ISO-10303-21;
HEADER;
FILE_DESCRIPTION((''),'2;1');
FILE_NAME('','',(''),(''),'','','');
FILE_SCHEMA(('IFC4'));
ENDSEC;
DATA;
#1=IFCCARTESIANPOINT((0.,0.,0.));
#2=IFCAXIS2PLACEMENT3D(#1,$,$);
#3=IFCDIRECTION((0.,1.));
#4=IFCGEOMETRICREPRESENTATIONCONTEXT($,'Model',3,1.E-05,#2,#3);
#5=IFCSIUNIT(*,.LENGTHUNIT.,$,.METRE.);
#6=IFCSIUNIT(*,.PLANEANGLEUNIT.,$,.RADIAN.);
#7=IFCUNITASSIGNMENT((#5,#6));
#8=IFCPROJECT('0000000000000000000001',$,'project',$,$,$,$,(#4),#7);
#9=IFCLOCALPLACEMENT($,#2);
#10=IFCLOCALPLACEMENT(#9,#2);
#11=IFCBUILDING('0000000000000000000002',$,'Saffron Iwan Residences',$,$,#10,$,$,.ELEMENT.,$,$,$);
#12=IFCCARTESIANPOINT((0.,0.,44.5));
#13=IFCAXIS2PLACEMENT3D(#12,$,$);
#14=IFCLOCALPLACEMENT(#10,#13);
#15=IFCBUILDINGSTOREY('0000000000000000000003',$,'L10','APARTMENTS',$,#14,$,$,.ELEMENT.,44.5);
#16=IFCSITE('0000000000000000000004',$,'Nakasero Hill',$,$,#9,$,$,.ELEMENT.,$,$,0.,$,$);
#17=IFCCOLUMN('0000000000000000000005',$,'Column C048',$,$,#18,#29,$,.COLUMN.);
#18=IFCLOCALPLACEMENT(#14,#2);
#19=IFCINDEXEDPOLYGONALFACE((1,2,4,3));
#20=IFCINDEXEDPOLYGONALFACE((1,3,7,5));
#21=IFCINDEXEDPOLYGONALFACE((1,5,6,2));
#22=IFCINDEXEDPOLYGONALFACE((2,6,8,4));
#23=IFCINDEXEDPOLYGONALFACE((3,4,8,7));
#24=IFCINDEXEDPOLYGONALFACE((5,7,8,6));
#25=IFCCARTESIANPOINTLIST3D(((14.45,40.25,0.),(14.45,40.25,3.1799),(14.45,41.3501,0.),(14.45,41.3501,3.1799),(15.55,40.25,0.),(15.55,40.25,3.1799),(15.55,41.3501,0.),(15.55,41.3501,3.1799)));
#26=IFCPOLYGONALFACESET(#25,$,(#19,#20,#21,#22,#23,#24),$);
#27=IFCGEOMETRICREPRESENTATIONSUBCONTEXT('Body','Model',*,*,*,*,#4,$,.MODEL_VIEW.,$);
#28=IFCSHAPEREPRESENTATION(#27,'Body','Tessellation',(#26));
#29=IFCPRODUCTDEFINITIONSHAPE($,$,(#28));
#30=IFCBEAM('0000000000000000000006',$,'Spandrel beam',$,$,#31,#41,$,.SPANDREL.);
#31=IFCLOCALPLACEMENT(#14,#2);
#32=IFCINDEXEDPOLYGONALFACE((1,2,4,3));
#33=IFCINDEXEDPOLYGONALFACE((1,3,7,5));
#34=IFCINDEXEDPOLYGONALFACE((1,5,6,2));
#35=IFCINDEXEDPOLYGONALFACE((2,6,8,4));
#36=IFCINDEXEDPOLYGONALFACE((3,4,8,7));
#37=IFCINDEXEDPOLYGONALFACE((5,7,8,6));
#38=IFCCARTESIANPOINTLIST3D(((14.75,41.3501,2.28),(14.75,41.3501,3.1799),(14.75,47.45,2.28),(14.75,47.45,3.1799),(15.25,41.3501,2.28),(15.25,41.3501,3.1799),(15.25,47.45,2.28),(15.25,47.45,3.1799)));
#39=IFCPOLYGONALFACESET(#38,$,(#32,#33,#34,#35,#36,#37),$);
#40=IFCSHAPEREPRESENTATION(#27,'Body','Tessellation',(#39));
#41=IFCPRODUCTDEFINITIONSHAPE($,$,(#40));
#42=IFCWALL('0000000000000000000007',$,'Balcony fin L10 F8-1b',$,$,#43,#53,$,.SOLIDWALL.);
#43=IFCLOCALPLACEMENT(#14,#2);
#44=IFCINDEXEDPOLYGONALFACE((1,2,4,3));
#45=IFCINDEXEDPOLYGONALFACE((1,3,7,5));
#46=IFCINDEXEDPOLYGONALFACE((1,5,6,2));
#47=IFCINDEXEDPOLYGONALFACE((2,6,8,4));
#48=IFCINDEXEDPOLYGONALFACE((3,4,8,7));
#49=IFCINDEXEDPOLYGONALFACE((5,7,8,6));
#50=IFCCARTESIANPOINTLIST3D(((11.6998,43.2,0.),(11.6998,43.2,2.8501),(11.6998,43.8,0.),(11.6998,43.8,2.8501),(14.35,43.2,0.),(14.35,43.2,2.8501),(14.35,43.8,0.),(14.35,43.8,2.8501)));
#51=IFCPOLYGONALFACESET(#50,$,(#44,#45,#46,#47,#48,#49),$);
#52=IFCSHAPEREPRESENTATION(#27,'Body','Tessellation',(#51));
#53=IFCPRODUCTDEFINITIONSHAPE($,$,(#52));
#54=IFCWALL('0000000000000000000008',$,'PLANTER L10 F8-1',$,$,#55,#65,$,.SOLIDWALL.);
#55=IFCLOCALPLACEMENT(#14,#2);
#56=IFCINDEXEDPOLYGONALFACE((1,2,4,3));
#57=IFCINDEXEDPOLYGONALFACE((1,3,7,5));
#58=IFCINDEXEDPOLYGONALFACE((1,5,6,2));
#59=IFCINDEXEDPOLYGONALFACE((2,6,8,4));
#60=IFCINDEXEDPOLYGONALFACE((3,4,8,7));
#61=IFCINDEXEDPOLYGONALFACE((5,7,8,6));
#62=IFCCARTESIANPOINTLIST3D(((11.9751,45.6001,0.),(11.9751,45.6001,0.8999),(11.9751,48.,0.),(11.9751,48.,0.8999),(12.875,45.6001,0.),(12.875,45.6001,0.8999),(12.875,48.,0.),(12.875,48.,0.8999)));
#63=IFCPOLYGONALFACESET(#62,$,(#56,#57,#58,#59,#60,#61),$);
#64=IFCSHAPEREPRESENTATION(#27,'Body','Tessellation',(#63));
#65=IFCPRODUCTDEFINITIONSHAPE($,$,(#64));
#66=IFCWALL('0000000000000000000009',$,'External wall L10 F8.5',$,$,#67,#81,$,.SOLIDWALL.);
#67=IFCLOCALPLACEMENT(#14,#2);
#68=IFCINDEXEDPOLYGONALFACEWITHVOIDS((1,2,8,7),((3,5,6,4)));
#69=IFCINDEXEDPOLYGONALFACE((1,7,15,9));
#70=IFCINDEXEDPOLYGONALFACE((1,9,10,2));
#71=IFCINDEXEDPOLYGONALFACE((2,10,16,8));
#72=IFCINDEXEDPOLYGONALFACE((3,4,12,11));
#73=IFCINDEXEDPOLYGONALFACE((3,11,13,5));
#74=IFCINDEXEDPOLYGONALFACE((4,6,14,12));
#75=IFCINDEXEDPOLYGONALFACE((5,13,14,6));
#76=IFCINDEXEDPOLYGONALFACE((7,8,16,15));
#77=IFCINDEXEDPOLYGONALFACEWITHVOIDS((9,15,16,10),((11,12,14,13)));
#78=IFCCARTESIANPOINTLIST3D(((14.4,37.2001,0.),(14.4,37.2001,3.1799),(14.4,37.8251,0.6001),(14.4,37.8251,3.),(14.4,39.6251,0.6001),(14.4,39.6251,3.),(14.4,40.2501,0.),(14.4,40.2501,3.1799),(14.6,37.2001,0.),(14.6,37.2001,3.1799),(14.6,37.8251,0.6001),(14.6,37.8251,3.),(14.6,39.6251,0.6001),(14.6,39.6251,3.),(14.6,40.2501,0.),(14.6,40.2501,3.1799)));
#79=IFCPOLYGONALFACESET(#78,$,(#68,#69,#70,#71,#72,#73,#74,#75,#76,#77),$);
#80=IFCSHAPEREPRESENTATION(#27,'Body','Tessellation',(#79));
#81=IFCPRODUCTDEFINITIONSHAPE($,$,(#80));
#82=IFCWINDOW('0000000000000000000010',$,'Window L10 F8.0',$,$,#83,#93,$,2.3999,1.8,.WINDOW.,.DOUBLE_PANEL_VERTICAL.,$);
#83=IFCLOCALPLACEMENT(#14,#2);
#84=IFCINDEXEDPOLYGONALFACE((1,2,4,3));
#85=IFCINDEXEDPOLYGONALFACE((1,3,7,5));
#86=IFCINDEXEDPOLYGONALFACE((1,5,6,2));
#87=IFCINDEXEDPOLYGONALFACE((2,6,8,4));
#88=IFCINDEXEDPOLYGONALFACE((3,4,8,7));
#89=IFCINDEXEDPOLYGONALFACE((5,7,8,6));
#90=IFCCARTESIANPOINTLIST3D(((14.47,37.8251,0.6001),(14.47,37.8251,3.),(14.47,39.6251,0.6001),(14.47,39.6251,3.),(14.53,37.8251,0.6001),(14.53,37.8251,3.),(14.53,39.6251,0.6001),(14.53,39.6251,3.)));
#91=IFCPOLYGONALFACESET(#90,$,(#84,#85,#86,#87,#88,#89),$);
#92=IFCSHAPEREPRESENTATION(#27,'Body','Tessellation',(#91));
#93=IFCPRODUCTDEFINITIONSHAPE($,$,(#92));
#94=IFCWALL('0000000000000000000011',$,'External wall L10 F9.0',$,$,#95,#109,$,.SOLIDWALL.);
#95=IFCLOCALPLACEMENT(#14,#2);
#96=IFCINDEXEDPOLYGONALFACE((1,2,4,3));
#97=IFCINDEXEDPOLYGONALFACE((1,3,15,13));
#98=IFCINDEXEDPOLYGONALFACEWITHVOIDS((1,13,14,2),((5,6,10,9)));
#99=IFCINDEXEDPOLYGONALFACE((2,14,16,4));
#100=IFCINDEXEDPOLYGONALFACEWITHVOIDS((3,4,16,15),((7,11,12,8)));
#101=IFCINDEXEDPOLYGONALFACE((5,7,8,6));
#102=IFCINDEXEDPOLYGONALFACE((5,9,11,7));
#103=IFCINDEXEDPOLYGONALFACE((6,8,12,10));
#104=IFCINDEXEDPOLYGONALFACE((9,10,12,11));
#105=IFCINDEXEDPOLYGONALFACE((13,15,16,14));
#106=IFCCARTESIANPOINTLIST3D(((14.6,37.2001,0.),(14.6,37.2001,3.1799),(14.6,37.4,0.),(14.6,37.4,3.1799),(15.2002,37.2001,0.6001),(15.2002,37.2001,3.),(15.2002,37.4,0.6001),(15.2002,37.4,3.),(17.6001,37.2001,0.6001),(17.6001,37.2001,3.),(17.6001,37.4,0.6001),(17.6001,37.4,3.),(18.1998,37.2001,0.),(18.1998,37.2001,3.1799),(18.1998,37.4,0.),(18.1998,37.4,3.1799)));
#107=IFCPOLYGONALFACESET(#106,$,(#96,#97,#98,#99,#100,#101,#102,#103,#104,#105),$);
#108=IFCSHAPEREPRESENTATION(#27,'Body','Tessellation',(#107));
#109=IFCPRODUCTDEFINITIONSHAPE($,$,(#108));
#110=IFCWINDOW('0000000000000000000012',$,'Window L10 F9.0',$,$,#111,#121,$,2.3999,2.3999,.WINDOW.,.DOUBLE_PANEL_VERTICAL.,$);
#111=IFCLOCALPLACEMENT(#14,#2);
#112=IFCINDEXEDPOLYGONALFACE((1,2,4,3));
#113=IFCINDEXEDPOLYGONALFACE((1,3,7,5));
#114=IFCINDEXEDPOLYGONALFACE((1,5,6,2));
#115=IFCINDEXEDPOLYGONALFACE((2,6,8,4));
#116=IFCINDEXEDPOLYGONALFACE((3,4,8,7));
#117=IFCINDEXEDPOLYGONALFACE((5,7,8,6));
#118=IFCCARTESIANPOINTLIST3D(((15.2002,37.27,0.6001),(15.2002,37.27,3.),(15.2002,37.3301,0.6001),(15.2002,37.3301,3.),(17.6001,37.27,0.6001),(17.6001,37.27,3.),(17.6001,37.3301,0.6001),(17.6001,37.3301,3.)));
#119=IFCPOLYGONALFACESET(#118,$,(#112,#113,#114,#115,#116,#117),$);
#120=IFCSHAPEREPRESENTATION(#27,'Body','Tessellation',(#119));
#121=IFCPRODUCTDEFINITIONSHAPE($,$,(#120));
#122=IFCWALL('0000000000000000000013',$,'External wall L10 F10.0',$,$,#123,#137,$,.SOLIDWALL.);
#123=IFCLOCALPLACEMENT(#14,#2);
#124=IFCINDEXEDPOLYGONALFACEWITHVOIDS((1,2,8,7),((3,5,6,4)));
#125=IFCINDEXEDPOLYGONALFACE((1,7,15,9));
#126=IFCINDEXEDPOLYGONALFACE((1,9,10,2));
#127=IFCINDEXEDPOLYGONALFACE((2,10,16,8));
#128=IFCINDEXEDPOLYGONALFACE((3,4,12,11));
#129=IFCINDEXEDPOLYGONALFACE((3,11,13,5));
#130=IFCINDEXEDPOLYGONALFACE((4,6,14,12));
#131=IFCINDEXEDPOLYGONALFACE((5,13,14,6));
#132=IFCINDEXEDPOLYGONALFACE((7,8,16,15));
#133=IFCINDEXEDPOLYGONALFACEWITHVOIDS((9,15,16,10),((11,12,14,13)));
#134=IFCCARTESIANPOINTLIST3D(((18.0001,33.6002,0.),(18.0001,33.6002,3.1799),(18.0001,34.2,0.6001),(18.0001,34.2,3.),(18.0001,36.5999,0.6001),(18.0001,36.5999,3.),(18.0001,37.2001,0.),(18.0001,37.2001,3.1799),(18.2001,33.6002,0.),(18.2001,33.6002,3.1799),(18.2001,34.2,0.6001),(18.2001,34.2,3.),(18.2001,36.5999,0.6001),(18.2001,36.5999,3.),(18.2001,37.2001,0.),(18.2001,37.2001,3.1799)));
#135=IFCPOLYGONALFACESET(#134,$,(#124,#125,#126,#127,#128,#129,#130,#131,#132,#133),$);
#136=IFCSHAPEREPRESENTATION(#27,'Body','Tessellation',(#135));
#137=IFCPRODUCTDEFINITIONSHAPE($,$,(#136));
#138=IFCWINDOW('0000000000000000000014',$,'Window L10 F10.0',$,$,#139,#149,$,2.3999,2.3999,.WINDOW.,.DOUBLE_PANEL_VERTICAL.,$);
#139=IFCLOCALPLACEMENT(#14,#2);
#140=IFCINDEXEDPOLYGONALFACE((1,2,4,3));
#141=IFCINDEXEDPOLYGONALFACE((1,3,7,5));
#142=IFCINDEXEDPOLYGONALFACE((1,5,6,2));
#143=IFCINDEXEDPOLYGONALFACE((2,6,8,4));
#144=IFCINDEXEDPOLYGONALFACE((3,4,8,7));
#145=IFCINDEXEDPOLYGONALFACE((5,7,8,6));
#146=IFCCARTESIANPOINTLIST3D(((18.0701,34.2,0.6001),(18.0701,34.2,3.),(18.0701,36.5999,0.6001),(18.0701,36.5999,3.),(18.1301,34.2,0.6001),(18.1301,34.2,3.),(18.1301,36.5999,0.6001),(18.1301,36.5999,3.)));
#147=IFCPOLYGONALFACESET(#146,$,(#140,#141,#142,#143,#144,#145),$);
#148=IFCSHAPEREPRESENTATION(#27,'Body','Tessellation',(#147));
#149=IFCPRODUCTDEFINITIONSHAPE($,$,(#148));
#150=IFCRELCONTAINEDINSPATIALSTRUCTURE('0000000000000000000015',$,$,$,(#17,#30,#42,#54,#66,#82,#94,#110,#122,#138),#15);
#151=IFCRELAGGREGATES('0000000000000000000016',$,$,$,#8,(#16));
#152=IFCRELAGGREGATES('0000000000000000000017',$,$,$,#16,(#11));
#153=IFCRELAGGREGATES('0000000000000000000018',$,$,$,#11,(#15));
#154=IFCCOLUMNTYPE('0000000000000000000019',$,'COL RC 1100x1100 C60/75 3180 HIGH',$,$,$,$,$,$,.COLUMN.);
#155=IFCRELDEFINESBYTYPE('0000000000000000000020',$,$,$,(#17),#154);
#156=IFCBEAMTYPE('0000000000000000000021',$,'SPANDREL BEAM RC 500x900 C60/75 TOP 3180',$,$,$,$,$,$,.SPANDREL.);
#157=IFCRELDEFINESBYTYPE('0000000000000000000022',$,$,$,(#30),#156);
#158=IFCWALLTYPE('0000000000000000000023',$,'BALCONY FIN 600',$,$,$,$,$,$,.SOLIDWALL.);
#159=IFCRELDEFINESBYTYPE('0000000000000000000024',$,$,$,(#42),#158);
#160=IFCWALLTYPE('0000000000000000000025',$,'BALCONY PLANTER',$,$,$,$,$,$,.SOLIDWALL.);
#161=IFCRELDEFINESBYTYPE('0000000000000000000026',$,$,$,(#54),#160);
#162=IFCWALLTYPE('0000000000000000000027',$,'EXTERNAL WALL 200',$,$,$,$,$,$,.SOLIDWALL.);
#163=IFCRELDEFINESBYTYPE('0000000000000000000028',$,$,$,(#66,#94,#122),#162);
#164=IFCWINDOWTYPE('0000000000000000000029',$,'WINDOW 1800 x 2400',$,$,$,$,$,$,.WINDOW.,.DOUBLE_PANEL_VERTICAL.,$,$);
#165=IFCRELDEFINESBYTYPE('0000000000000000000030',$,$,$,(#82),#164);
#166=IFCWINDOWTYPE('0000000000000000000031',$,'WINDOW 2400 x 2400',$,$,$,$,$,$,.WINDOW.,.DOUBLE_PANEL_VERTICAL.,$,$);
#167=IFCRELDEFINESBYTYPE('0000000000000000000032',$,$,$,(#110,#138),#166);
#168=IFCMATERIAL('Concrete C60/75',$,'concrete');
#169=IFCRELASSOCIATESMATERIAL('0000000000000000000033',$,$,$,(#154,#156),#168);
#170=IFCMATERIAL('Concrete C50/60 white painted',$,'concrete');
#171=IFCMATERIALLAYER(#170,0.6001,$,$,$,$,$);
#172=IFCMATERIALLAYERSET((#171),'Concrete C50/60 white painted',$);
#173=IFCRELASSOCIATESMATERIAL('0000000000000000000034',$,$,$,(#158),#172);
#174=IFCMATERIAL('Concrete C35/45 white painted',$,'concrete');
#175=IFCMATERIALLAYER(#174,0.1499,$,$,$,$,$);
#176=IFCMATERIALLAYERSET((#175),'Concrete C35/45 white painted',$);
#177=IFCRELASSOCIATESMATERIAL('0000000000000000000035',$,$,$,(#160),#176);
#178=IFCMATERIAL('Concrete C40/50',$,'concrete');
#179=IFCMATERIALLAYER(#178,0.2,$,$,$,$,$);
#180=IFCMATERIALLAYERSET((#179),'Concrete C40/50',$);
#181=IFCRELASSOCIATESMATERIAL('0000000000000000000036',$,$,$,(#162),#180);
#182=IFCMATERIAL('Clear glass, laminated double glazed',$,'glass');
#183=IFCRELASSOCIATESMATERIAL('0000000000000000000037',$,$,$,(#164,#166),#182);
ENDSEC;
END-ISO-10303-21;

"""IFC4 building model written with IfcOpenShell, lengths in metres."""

from ifc_helpers import new_model, si_unit, direction, frame, frame_2d, origin, origin_2d, place, context, subcontext, project, spatial, rectangle, extrude, source, transform, mapped, material, layer, layer_set, material_profile, profile_set, type_object, element, fill, save


model = new_model("IFC4")

# Units and contexts
model_context = context("Model", 3, precision=1e-05, world=origin(), true_north=direction((0.0, 1.0)))
body_context = subcontext(model_context, "Body", "Model", "MODEL_VIEW")
ifc_project = project(units=[si_unit("LENGTHUNIT", "METRE"), si_unit("PLANEANGLEUNIT", "RADIAN")], contexts=[model_context])

# Site, building, storey
site_placement = place(None, origin())
site = spatial("IfcSite", under=ifc_project, at=site_placement, Name="Nakasero Hill", CompositionType="ELEMENT", RefElevation=0.0)
building_placement = place(site_placement, origin())
building = spatial("IfcBuilding", under=site, at=building_placement, Name="Saffron Iwan Residences", CompositionType="ELEMENT")
storey_placement = place(building_placement, frame((0.0, 0.0, 44.5)))
storey = spatial("IfcBuildingStorey", under=building, at=storey_placement, Name="L10", Description="APARTMENTS", CompositionType="ELEMENT", Elevation=44.5)

# Column
ifc_material_1 = material(Name="Concrete C60/75", Category="concrete")
ifc_material_profile_1 = material_profile(ifc_material_1, rectangle(XDim=1.1001, YDim=1.1001, at=origin_2d()), Name="RC 1100x1100")
ifc_profile_set_1 = profile_set([ifc_material_profile_1], Name="Concrete C60/75")
column_type = type_object("IfcColumnType", Name="COL RC 1100x1100 C60/75 3180 HIGH", PredefinedType="COLUMN", material=ifc_profile_set_1)
shared_shape_1 = source(origin(), body_context, "Body", "SweptSolid", [
    extrude(rectangle(XDim=1.1001, YDim=1.1001, at=origin_2d()), origin(), (0.0, 0.0, 1.0), 3.1799),
])
column_placement = place(storey_placement, frame((15.0, 40.8, 0.0), z_axis=(0.0, 0.0, 1.0), x_axis=(1.0, 0.0, 0.0)))
element("IfcColumn", 1, at=column_placement, inside=storey, type_object=column_type, Name="Column C048", PredefinedType="COLUMN", context=body_context, shape_type="MappedRepresentation", body=[
    mapped(shared_shape_1, transform((0.0, 0.0, 0.0))),
])

# Beam
ifc_material_profile_2 = material_profile(ifc_material_1, rectangle(XDim=0.5, YDim=0.8999, at=origin_2d()), Name="RC 500x900")
ifc_profile_set_2 = profile_set([ifc_material_profile_2], Name="Concrete C60/75")
beam_type = type_object("IfcBeamType", Name="SPANDREL BEAM RC 500x900 C60/75 TOP 3180", PredefinedType="SPANDREL", material=ifc_profile_set_2)
shared_shape_2 = source(origin(), body_context, "Body", "SweptSolid", [
    extrude(rectangle(XDim=0.5, YDim=0.8999, at=origin_2d()), origin(), (0.0, 0.0, 1.0), 6.0999),
])
beam_placement = place(storey_placement, frame((15.0, 41.3501, 2.73), z_axis=(0.0, 1.0, 0.0), x_axis=(-1.0, 0.0, 0.0)))
element("IfcBeam", 2, at=beam_placement, inside=storey, type_object=beam_type, Name="Spandrel beam", PredefinedType="SPANDREL", context=body_context, shape_type="MappedRepresentation", body=[
    mapped(shared_shape_2, transform((0.0, 0.0, 0.0))),
])

# Walls
ifc_material_2 = material(Name="Concrete C50/60 white painted", Category="concrete")
ifc_layer_1 = layer(ifc_material_2, 0.6001)
ifc_layer_set_1 = layer_set([ifc_layer_1], Name="Concrete C50/60 white painted")
wall_type_1 = type_object("IfcWallType", Name="BALCONY FIN 600", PredefinedType="SOLIDWALL", material=ifc_layer_set_1)
wall_1_placement = place(storey_placement, frame((14.3501, 43.5, 0.0), z_axis=(0.0, 0.0, 1.0), x_axis=(-1.0, 0.0, 0.0)))
element("IfcWall", 3, at=wall_1_placement, inside=storey, type_object=wall_type_1, Name="Balcony fin L10 F8-1b", PredefinedType="SOLIDWALL", context=body_context, shape_type="SweptSolid", body=[
    extrude(rectangle(XDim=2.6501, YDim=0.6001, at=frame_2d((1.3252, 0.0))), origin(), (0.0, 0.0, 1.0), 2.8501),
])
ifc_material_3 = material(Name="Concrete C35/45 white painted", Category="concrete")
ifc_layer_2 = layer(ifc_material_3, 0.1499)
ifc_layer_set_2 = layer_set([ifc_layer_2], Name="Concrete C35/45 white painted")
wall_type_2 = type_object("IfcWallType", Name="BALCONY PLANTER", PredefinedType="SOLIDWALL", material=ifc_layer_set_2)
wall_2_placement = place(storey_placement, frame((12.425, 48.0, 0.0), z_axis=(0.0, 0.0, 1.0), x_axis=(0.0, -1.0, 0.0)))
element("IfcWall", 4, at=wall_2_placement, inside=storey, type_object=wall_type_2, Name="PLANTER L10 F8-1", PredefinedType="SOLIDWALL", context=body_context, shape_type="SweptSolid", body=[
    extrude(rectangle(XDim=2.3999, YDim=0.8999, at=frame_2d((1.2, 0.0))), origin(), (0.0, 0.0, 1.0), 0.8999),
])

# Shared definitions
ifc_material_4 = material(Name="Concrete C40/50", Category="concrete")
ifc_layer_3 = layer(ifc_material_4, 0.2)
ifc_layer_set_3 = layer_set([ifc_layer_3], Name="Concrete C40/50")
wall_type_3 = type_object("IfcWallType", Name="EXTERNAL WALL 200", PredefinedType="SOLIDWALL", material=ifc_layer_set_3)
ifc_material_5 = material(Name="Clear glass, laminated double glazed", Category="glass")

# Walls, openings, windows
wall_3_placement = place(storey_placement, frame((14.5, 40.25, 0.0), z_axis=(0.0, 0.0, 1.0), x_axis=(0.0, -1.0, 0.0)))
wall_3 = element("IfcWall", 5, at=wall_3_placement, inside=storey, type_object=wall_type_3, Name="External wall L10 F8.5", PredefinedType="SOLIDWALL", context=body_context, shape_type="SweptSolid", body=[
    extrude(rectangle(XDim=3.05, YDim=0.2, at=frame_2d((1.5249, 0.0))), origin(), (0.0, 0.0, 1.0), 3.1799),
])
opening_1_placement = place(wall_3_placement, frame((0.625, 0.0, 0.6001)))
opening_1 = element("IfcOpeningElement", 6, at=opening_1_placement, cuts=wall_3, PredefinedType="OPENING", context=body_context, shape_type="SweptSolid", body=[
    extrude(rectangle(XDim=1.8, YDim=2.3999, at=frame_2d((0.8999, 1.2))), frame((0.0, 0.1099, 0.0), z_axis=(0.0, -1.0, 0.0), x_axis=(1.0, 0.0, 0.0)), (0.0, 0.0, 1.0), 0.22),
])
window_type_1 = type_object("IfcWindowType", Name="WINDOW 1800 x 2400", PartitioningType="DOUBLE_PANEL_VERTICAL", PredefinedType="WINDOW", material=ifc_material_5)
window_1_placement = place(opening_1_placement, origin())
window_1 = element("IfcWindow", 7, at=window_1_placement, inside=storey, type_object=window_type_1, Name="Window L10 F8.0", OverallHeight=2.3999, OverallWidth=1.8, PartitioningType="DOUBLE_PANEL_VERTICAL", PredefinedType="WINDOW", context=body_context, shape_type="SweptSolid", body=[
    extrude(rectangle(XDim=1.8, YDim=2.3999, at=frame_2d((0.8999, 1.2))), frame((0.0, 0.03, 0.0), z_axis=(0.0, -1.0, 0.0), x_axis=(1.0, 0.0, 0.0)), (0.0, 0.0, 1.0), 0.0601),
])
fill(opening_1, window_1)
wall_4_placement = place(storey_placement, frame((14.6001, 37.3, 0.0), z_axis=(0.0, 0.0, 1.0), x_axis=(1.0, 0.0, 0.0)))
wall_4 = element("IfcWall", 8, at=wall_4_placement, inside=storey, type_object=wall_type_3, Name="External wall L10 F9.0", PredefinedType="SOLIDWALL", context=body_context, shape_type="SweptSolid", body=[
    extrude(rectangle(XDim=3.5999, YDim=0.2, at=frame_2d((1.7998, 0.0))), origin(), (0.0, 0.0, 1.0), 3.1799),
])
opening_2_placement = place(wall_4_placement, frame((0.6001, 0.0, 0.6001)))
opening_2 = element("IfcOpeningElement", 9, at=opening_2_placement, cuts=wall_4, PredefinedType="OPENING", context=body_context, shape_type="SweptSolid", body=[
    extrude(rectangle(XDim=2.3999, YDim=2.3999, at=frame_2d((1.2, 1.2))), frame((0.0, 0.1099, 0.0), z_axis=(0.0, -1.0, 0.0), x_axis=(1.0, 0.0, 0.0)), (0.0, 0.0, 1.0), 0.22),
])
window_type_2 = type_object("IfcWindowType", Name="WINDOW 2400 x 2400", PartitioningType="DOUBLE_PANEL_VERTICAL", PredefinedType="WINDOW", material=ifc_material_5)
window_2_placement = place(opening_2_placement, origin())
window_2 = element("IfcWindow", 10, at=window_2_placement, inside=storey, type_object=window_type_2, Name="Window L10 F9.0", OverallHeight=2.3999, OverallWidth=2.3999, PartitioningType="DOUBLE_PANEL_VERTICAL", PredefinedType="WINDOW", context=body_context, shape_type="SweptSolid", body=[
    extrude(rectangle(XDim=2.3999, YDim=2.3999, at=frame_2d((1.2, 1.2))), frame((0.0, 0.03, 0.0), z_axis=(0.0, -1.0, 0.0), x_axis=(1.0, 0.0, 0.0)), (0.0, 0.0, 1.0), 0.0601),
])
fill(opening_2, window_2)
wall_5_placement = place(storey_placement, frame((18.1001, 37.2, 0.0), z_axis=(0.0, 0.0, 1.0), x_axis=(0.0, -1.0, 0.0)))
wall_5 = element("IfcWall", 11, at=wall_5_placement, inside=storey, type_object=wall_type_3, Name="External wall L10 F10.0", PredefinedType="SOLIDWALL", context=body_context, shape_type="SweptSolid", body=[
    extrude(rectangle(XDim=3.5999, YDim=0.2, at=frame_2d((1.7998, 0.0))), origin(), (0.0, 0.0, 1.0), 3.1799),
])
opening_3_placement = place(wall_5_placement, frame((0.6001, 0.0, 0.6001)))
opening_3 = element("IfcOpeningElement", 12, at=opening_3_placement, cuts=wall_5, PredefinedType="OPENING", context=body_context, shape_type="SweptSolid", body=[
    extrude(rectangle(XDim=2.3999, YDim=2.3999, at=frame_2d((1.2, 1.2))), frame((0.0, 0.1099, 0.0), z_axis=(0.0, -1.0, 0.0), x_axis=(1.0, 0.0, 0.0)), (0.0, 0.0, 1.0), 0.22),
])
window_3_placement = place(opening_3_placement, origin())
window_3 = element("IfcWindow", 13, at=window_3_placement, inside=storey, type_object=window_type_2, Name="Window L10 F10.0", OverallHeight=2.3999, OverallWidth=2.3999, PartitioningType="DOUBLE_PANEL_VERTICAL", PredefinedType="WINDOW", context=body_context, shape_type="SweptSolid", body=[
    extrude(rectangle(XDim=2.3999, YDim=2.3999, at=frame_2d((1.2, 1.2))), frame((0.0, 0.03, 0.0), z_axis=(0.0, -1.0, 0.0), x_axis=(1.0, 0.0, 0.0)), (0.0, 0.0, 1.0), 0.0601),
])
fill(opening_3, window_3)

save(model, "model.ifc")
